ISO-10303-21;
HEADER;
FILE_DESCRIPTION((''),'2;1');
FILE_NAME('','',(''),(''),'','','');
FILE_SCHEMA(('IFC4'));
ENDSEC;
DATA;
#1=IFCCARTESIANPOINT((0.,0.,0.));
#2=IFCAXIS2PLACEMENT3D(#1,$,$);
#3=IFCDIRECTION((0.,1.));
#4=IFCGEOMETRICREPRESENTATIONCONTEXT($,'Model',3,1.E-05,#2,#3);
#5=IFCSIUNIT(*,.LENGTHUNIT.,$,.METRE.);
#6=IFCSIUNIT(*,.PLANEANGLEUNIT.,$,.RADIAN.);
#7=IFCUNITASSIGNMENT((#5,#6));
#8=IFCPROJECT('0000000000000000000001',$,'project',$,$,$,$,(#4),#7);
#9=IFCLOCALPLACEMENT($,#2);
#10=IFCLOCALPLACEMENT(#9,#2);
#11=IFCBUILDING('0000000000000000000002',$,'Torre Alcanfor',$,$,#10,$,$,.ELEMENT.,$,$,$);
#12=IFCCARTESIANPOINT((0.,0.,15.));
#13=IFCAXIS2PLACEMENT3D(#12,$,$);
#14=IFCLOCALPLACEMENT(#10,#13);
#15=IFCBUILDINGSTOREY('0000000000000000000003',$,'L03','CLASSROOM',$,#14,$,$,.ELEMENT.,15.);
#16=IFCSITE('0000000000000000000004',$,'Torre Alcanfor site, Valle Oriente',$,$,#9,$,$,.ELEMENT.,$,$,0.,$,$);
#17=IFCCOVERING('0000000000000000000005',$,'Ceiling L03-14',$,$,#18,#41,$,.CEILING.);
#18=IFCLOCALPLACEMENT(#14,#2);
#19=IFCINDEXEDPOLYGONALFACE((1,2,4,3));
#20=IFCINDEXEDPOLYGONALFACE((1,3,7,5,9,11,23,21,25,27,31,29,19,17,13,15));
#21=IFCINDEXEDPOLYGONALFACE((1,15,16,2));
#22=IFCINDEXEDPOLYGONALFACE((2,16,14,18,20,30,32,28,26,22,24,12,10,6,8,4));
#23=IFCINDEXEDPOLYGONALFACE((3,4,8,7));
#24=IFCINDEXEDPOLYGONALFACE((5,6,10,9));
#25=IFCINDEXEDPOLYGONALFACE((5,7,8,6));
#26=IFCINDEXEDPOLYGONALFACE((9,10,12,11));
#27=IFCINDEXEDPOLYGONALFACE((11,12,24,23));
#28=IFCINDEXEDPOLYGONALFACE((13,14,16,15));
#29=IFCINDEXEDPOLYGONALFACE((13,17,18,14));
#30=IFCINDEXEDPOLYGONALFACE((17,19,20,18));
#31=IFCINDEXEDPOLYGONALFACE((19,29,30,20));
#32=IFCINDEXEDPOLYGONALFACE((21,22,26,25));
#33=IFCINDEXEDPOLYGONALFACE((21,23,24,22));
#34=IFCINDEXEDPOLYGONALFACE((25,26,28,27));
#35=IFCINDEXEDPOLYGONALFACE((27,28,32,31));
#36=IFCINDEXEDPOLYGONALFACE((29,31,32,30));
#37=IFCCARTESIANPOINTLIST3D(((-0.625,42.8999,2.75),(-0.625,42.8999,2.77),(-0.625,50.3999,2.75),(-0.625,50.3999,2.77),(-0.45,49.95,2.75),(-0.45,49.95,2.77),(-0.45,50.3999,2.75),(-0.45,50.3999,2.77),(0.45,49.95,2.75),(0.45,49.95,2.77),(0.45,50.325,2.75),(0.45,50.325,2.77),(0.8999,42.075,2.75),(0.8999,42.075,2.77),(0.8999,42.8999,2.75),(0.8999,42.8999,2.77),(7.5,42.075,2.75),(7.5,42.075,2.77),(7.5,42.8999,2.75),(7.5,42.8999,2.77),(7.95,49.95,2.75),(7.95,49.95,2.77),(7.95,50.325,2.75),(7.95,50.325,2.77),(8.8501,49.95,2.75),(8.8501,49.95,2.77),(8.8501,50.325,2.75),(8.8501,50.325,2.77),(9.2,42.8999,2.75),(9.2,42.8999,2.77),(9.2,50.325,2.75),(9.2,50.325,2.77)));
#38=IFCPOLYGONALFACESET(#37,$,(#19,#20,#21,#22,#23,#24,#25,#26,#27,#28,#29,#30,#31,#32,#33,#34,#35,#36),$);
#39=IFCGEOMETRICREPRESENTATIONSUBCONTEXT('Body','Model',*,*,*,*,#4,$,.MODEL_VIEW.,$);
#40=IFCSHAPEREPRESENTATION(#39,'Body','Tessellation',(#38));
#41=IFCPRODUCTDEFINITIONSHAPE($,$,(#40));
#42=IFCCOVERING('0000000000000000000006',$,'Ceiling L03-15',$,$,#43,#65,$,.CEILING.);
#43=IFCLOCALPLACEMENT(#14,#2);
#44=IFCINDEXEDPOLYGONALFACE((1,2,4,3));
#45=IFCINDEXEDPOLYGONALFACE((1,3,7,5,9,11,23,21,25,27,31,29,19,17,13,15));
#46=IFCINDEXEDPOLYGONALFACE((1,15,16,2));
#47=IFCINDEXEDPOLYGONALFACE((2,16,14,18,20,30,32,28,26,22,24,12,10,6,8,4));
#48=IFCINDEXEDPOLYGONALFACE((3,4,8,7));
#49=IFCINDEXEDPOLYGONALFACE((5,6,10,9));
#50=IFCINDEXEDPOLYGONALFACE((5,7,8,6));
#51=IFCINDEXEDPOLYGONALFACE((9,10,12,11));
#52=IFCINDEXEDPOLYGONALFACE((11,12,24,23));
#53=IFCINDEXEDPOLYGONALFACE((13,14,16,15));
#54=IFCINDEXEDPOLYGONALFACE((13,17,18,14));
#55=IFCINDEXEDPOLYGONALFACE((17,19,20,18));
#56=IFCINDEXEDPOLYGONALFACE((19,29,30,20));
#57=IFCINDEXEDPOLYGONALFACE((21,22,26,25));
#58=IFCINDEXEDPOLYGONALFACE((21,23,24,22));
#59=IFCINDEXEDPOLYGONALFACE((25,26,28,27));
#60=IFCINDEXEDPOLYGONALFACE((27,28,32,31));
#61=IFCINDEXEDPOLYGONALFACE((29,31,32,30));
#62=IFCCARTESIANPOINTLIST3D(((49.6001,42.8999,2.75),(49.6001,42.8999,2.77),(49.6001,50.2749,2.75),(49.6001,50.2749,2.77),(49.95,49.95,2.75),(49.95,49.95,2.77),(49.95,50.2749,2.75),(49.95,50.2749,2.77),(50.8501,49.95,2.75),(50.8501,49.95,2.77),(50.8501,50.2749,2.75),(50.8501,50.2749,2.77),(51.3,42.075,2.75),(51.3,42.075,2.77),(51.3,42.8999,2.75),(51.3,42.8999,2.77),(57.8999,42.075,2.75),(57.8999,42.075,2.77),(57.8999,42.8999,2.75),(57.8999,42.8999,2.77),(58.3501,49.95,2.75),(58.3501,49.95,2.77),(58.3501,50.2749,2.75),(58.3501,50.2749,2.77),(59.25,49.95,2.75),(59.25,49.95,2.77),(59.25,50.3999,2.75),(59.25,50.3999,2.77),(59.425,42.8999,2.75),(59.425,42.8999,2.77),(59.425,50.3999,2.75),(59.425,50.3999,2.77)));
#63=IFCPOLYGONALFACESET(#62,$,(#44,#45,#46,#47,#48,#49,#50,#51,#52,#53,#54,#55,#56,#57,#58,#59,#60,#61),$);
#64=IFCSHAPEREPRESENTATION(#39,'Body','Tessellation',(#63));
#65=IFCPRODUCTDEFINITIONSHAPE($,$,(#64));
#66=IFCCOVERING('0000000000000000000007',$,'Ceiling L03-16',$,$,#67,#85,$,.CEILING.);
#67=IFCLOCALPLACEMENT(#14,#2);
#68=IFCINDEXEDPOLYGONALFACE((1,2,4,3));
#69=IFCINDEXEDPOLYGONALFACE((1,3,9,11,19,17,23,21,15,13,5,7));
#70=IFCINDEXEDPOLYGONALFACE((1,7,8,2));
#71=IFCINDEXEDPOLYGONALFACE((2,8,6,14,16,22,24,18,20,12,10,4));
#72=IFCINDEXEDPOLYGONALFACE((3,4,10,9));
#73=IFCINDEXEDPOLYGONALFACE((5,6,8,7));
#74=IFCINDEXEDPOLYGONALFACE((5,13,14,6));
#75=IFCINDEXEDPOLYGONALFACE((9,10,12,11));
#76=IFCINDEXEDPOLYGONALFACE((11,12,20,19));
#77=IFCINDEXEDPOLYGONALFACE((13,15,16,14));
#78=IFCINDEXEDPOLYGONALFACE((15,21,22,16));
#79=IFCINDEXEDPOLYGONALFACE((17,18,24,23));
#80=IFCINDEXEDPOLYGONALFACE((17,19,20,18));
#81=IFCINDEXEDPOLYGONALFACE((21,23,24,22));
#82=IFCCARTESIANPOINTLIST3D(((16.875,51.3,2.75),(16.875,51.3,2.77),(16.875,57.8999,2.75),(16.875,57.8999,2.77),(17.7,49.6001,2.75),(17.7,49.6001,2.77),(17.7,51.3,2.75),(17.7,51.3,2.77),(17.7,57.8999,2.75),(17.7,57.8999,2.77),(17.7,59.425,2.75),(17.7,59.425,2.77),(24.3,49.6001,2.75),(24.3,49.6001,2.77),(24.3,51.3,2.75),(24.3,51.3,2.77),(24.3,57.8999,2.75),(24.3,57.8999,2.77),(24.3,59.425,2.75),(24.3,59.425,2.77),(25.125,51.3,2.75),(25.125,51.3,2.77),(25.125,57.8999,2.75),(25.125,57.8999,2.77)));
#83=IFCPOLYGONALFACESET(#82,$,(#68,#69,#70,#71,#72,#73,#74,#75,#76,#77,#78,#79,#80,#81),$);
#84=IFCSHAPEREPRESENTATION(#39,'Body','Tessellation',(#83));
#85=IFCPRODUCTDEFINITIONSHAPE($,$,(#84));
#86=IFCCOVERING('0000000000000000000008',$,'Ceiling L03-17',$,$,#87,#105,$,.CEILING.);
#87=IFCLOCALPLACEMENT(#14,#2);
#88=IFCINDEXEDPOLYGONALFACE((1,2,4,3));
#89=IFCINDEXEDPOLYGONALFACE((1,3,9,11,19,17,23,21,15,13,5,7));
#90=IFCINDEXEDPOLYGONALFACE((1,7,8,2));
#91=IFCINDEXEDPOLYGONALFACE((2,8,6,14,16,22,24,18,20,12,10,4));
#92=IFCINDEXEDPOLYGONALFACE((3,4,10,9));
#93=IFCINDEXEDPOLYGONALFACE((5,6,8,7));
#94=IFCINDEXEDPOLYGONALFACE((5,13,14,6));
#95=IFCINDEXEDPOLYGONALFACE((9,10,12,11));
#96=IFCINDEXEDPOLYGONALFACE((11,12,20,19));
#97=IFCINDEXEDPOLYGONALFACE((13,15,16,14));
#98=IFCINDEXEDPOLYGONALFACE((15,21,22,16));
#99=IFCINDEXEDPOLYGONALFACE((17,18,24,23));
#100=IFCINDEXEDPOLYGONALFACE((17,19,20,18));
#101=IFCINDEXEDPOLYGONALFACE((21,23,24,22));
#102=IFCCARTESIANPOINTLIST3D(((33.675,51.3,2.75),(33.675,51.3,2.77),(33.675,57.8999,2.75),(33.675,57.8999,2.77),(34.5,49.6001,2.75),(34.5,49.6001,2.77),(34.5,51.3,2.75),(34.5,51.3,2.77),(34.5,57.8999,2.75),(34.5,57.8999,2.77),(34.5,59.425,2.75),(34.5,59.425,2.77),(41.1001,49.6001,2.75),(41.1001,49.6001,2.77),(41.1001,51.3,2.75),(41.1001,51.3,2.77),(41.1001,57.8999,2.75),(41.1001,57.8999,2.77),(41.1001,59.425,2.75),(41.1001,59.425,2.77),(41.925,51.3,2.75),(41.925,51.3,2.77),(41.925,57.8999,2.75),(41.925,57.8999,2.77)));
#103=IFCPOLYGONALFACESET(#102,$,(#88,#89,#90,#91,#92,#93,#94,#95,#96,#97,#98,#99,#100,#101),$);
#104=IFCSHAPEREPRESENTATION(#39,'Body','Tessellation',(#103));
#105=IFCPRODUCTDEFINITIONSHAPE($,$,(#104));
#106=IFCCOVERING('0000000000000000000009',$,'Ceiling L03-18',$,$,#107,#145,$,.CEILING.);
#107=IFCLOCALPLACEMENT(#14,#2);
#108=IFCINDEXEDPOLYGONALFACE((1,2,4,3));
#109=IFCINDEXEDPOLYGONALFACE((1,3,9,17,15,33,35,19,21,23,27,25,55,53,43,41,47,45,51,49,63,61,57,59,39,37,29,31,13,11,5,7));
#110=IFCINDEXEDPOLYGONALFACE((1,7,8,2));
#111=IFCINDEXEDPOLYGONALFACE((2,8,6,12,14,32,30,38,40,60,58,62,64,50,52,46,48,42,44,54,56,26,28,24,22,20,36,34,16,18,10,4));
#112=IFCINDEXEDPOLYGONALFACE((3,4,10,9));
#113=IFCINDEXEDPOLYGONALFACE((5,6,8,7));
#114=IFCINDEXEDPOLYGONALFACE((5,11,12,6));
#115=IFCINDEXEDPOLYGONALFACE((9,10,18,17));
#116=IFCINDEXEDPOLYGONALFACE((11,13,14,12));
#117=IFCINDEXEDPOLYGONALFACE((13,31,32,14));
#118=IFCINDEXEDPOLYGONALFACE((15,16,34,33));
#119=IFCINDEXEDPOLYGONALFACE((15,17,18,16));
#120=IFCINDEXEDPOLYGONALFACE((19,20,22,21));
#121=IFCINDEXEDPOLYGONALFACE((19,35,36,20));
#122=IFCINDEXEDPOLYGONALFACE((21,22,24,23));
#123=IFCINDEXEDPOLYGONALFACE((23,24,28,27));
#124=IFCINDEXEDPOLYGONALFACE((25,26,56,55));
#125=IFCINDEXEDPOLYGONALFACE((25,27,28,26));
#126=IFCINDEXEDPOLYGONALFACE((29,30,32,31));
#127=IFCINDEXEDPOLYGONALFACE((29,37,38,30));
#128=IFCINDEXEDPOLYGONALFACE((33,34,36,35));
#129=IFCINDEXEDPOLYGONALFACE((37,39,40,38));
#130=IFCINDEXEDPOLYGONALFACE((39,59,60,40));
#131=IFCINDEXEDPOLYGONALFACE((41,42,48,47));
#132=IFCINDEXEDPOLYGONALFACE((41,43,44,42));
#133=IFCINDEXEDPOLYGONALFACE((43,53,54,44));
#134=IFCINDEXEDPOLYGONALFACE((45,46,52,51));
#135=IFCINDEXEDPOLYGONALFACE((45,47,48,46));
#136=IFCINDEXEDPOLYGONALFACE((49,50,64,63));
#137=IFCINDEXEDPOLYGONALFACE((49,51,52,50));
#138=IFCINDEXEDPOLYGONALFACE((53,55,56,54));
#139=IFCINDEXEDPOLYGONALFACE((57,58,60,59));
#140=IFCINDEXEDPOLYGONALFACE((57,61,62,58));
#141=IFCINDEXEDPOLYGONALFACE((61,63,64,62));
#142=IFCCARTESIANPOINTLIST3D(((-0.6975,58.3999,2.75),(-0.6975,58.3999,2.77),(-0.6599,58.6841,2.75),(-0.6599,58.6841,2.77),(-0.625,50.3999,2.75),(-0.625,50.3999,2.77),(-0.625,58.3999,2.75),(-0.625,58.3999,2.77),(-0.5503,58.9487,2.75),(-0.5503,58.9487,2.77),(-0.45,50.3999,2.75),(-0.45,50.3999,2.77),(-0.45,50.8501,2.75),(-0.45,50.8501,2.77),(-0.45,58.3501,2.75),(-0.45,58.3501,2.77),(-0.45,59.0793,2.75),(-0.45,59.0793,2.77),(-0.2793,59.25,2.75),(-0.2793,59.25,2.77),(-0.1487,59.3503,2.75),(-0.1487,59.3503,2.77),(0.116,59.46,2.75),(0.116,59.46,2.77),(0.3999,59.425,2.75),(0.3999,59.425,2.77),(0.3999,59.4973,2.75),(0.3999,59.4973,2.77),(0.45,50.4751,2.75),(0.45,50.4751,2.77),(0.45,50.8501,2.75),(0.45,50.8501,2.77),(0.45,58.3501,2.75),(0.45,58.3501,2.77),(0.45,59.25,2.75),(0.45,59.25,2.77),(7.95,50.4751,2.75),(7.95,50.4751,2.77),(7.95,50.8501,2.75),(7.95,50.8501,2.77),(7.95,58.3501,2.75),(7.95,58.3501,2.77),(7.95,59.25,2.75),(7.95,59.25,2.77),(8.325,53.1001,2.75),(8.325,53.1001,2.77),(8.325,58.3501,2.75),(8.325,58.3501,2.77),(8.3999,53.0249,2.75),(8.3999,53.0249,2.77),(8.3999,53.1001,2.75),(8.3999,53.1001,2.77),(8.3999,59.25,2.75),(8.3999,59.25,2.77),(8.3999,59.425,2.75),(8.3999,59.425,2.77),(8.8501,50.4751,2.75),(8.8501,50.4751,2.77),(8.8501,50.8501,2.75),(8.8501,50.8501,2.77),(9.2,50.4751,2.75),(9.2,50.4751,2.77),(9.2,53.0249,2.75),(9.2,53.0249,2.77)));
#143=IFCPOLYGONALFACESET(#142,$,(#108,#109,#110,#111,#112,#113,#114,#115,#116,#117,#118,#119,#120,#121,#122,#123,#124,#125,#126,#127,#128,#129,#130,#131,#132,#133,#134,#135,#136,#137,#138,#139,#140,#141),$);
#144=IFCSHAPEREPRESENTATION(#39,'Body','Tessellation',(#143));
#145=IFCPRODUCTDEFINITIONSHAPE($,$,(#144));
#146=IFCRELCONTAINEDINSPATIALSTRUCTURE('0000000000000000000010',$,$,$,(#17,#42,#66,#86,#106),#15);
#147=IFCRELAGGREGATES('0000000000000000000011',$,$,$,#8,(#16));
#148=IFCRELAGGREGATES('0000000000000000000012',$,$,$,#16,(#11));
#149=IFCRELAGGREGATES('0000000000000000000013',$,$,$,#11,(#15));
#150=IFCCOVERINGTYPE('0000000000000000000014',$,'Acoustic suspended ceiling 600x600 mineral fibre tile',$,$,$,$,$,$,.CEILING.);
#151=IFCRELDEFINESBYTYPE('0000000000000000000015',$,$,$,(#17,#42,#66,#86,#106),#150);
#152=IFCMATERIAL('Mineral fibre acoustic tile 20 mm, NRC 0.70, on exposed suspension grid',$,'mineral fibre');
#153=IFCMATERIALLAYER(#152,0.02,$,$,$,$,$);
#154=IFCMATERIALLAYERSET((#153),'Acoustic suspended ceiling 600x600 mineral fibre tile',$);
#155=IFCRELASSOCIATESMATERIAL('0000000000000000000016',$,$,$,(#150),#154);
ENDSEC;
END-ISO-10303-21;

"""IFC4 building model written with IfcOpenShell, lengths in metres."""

from ifc_helpers import new_model, si_unit, direction, frame, origin, place, context, subcontext, project, spatial, polyline, outline, extrude, material, layer, layer_set, type_object, element, save


model = new_model("IFC4")

# Units and contexts
model_context = context("Model", 3, precision=1e-05, world=origin(), true_north=direction((0.0, 1.0)))
body_context = subcontext(model_context, "Body", "Model", "MODEL_VIEW")
ifc_project = project(units=[si_unit("LENGTHUNIT", "METRE"), si_unit("PLANEANGLEUNIT", "RADIAN")], contexts=[model_context])

# Site, building, storey
site_placement = place(None, origin())
site = spatial("IfcSite", under=ifc_project, at=site_placement, Name="Torre Alcanfor site, Valle Oriente", CompositionType="ELEMENT", RefElevation=0.0)
building_placement = place(site_placement, origin())
building = spatial("IfcBuilding", under=site, at=building_placement, Name="Torre Alcanfor", CompositionType="ELEMENT")
storey_placement = place(building_placement, frame((0.0, 0.0, 15.0)))
storey = spatial("IfcBuildingStorey", under=building, at=storey_placement, Name="L03", Description="CLASSROOM", CompositionType="ELEMENT", Elevation=15.0)

# Coverings
ifc_material_1 = material(Name="Mineral fibre acoustic tile 20 mm, NRC 0.70, on exposed suspension grid", Category="mineral fibre")
ifc_layer_1 = layer(ifc_material_1, 0.02)
ifc_layer_set_1 = layer_set([ifc_layer_1], Name="Acoustic suspended ceiling 600x600 mineral fibre tile")
covering_type = type_object("IfcCoveringType", Name="Acoustic suspended ceiling 600x600 mineral fibre tile", PredefinedType="CEILING", material=ifc_layer_set_1)
covering_1_placement = place(storey_placement, frame((0.0, 0.0, 2.75)))
element("IfcCovering", 1, at=covering_1_placement, inside=storey, type_object=covering_type, Name="Ceiling L03-14", PredefinedType="CEILING", context=body_context, shape_type="SweptSolid", body=[
    extrude(outline(polyline([(-0.45, 49.95), (-0.45, 50.3999), (-0.625, 50.3999), (-0.625, 42.8999), (0.8999, 42.8999), (0.8999, 42.075), (7.5, 42.075), (7.5, 42.8999), (9.2, 42.8999), (9.2, 50.325), (8.8501, 50.325), (8.8501, 49.95), (7.95, 49.95), (7.95, 50.325), (0.45, 50.325), (0.45, 49.95), (-0.45, 49.95)])), origin(), (0.0, 0.0, 1.0), 0.02),
])
covering_2_placement = place(storey_placement, frame((0.0, 0.0, 2.75)))
element("IfcCovering", 2, at=covering_2_placement, inside=storey, type_object=covering_type, Name="Ceiling L03-15", PredefinedType="CEILING", context=body_context, shape_type="SweptSolid", body=[
    extrude(outline(polyline([(57.8999, 42.075), (57.8999, 42.8999), (59.425, 42.8999), (59.425, 50.3999), (59.25, 50.3999), (59.25, 49.95), (58.3501, 49.95), (58.3501, 50.2749), (50.8501, 50.2749), (50.8501, 49.95), (49.95, 49.95), (49.95, 50.2749), (49.6001, 50.2749), (49.6001, 42.8999), (51.3, 42.8999), (51.3, 42.075), (57.8999, 42.075)])), origin(), (0.0, 0.0, 1.0), 0.02),
])
covering_3_placement = place(storey_placement, frame((0.0, 0.0, 2.75)))
element("IfcCovering", 3, at=covering_3_placement, inside=storey, type_object=covering_type, Name="Ceiling L03-16", PredefinedType="CEILING", context=body_context, shape_type="SweptSolid", body=[
    extrude(outline(polyline([(16.875, 51.3), (17.7, 51.3), (17.7, 49.6001), (24.3, 49.6001), (24.3, 51.3), (25.125, 51.3), (25.125, 57.8999), (24.3, 57.8999), (24.3, 59.425), (17.7, 59.425), (17.7, 57.8999), (16.875, 57.8999), (16.875, 51.3)])), origin(), (0.0, 0.0, 1.0), 0.02),
])
covering_4_placement = place(storey_placement, frame((0.0, 0.0, 2.75)))
element("IfcCovering", 4, at=covering_4_placement, inside=storey, type_object=covering_type, Name="Ceiling L03-17", PredefinedType="CEILING", context=body_context, shape_type="SweptSolid", body=[
    extrude(outline(polyline([(33.675, 51.3), (34.5, 51.3), (34.5, 49.6001), (41.1001, 49.6001), (41.1001, 51.3), (41.925, 51.3), (41.925, 57.8999), (41.1001, 57.8999), (41.1001, 59.425), (34.5, 59.425), (34.5, 57.8999), (33.675, 57.8999), (33.675, 51.3)])), origin(), (0.0, 0.0, 1.0), 0.02),
])
covering_5_placement = place(storey_placement, frame((0.0, 0.0, 2.75)))
element("IfcCovering", 5, at=covering_5_placement, inside=storey, type_object=covering_type, Name="Ceiling L03-18", PredefinedType="CEILING", context=body_context, shape_type="SweptSolid", body=[
    extrude(outline(polyline([(-0.45, 59.0793), (-0.5503, 58.9487), (-0.6599, 58.6841), (-0.6975, 58.3999), (-0.625, 58.3999), (-0.625, 50.3999), (-0.45, 50.3999), (-0.45, 50.8501), (0.45, 50.8501), (0.45, 50.4751), (7.95, 50.4751), (7.95, 50.8501), (8.8501, 50.8501), (8.8501, 50.4751), (9.2, 50.4751), (9.2, 53.0249), (8.3999, 53.0249), (8.3999, 53.1001), (8.325, 53.1001), (8.325, 58.3501), (7.95, 58.3501), (7.95, 59.25), (8.3999, 59.25), (8.3999, 59.425), (0.3999, 59.425), (0.3999, 59.4973), (0.116, 59.46), (-0.1487, 59.3503), (-0.2793, 59.25), (0.45, 59.25), (0.45, 58.3501), (-0.45, 58.3501), (-0.45, 59.0793)])), origin(), (0.0, 0.0, 1.0), 0.02),
])

save(model, "model.ifc")
